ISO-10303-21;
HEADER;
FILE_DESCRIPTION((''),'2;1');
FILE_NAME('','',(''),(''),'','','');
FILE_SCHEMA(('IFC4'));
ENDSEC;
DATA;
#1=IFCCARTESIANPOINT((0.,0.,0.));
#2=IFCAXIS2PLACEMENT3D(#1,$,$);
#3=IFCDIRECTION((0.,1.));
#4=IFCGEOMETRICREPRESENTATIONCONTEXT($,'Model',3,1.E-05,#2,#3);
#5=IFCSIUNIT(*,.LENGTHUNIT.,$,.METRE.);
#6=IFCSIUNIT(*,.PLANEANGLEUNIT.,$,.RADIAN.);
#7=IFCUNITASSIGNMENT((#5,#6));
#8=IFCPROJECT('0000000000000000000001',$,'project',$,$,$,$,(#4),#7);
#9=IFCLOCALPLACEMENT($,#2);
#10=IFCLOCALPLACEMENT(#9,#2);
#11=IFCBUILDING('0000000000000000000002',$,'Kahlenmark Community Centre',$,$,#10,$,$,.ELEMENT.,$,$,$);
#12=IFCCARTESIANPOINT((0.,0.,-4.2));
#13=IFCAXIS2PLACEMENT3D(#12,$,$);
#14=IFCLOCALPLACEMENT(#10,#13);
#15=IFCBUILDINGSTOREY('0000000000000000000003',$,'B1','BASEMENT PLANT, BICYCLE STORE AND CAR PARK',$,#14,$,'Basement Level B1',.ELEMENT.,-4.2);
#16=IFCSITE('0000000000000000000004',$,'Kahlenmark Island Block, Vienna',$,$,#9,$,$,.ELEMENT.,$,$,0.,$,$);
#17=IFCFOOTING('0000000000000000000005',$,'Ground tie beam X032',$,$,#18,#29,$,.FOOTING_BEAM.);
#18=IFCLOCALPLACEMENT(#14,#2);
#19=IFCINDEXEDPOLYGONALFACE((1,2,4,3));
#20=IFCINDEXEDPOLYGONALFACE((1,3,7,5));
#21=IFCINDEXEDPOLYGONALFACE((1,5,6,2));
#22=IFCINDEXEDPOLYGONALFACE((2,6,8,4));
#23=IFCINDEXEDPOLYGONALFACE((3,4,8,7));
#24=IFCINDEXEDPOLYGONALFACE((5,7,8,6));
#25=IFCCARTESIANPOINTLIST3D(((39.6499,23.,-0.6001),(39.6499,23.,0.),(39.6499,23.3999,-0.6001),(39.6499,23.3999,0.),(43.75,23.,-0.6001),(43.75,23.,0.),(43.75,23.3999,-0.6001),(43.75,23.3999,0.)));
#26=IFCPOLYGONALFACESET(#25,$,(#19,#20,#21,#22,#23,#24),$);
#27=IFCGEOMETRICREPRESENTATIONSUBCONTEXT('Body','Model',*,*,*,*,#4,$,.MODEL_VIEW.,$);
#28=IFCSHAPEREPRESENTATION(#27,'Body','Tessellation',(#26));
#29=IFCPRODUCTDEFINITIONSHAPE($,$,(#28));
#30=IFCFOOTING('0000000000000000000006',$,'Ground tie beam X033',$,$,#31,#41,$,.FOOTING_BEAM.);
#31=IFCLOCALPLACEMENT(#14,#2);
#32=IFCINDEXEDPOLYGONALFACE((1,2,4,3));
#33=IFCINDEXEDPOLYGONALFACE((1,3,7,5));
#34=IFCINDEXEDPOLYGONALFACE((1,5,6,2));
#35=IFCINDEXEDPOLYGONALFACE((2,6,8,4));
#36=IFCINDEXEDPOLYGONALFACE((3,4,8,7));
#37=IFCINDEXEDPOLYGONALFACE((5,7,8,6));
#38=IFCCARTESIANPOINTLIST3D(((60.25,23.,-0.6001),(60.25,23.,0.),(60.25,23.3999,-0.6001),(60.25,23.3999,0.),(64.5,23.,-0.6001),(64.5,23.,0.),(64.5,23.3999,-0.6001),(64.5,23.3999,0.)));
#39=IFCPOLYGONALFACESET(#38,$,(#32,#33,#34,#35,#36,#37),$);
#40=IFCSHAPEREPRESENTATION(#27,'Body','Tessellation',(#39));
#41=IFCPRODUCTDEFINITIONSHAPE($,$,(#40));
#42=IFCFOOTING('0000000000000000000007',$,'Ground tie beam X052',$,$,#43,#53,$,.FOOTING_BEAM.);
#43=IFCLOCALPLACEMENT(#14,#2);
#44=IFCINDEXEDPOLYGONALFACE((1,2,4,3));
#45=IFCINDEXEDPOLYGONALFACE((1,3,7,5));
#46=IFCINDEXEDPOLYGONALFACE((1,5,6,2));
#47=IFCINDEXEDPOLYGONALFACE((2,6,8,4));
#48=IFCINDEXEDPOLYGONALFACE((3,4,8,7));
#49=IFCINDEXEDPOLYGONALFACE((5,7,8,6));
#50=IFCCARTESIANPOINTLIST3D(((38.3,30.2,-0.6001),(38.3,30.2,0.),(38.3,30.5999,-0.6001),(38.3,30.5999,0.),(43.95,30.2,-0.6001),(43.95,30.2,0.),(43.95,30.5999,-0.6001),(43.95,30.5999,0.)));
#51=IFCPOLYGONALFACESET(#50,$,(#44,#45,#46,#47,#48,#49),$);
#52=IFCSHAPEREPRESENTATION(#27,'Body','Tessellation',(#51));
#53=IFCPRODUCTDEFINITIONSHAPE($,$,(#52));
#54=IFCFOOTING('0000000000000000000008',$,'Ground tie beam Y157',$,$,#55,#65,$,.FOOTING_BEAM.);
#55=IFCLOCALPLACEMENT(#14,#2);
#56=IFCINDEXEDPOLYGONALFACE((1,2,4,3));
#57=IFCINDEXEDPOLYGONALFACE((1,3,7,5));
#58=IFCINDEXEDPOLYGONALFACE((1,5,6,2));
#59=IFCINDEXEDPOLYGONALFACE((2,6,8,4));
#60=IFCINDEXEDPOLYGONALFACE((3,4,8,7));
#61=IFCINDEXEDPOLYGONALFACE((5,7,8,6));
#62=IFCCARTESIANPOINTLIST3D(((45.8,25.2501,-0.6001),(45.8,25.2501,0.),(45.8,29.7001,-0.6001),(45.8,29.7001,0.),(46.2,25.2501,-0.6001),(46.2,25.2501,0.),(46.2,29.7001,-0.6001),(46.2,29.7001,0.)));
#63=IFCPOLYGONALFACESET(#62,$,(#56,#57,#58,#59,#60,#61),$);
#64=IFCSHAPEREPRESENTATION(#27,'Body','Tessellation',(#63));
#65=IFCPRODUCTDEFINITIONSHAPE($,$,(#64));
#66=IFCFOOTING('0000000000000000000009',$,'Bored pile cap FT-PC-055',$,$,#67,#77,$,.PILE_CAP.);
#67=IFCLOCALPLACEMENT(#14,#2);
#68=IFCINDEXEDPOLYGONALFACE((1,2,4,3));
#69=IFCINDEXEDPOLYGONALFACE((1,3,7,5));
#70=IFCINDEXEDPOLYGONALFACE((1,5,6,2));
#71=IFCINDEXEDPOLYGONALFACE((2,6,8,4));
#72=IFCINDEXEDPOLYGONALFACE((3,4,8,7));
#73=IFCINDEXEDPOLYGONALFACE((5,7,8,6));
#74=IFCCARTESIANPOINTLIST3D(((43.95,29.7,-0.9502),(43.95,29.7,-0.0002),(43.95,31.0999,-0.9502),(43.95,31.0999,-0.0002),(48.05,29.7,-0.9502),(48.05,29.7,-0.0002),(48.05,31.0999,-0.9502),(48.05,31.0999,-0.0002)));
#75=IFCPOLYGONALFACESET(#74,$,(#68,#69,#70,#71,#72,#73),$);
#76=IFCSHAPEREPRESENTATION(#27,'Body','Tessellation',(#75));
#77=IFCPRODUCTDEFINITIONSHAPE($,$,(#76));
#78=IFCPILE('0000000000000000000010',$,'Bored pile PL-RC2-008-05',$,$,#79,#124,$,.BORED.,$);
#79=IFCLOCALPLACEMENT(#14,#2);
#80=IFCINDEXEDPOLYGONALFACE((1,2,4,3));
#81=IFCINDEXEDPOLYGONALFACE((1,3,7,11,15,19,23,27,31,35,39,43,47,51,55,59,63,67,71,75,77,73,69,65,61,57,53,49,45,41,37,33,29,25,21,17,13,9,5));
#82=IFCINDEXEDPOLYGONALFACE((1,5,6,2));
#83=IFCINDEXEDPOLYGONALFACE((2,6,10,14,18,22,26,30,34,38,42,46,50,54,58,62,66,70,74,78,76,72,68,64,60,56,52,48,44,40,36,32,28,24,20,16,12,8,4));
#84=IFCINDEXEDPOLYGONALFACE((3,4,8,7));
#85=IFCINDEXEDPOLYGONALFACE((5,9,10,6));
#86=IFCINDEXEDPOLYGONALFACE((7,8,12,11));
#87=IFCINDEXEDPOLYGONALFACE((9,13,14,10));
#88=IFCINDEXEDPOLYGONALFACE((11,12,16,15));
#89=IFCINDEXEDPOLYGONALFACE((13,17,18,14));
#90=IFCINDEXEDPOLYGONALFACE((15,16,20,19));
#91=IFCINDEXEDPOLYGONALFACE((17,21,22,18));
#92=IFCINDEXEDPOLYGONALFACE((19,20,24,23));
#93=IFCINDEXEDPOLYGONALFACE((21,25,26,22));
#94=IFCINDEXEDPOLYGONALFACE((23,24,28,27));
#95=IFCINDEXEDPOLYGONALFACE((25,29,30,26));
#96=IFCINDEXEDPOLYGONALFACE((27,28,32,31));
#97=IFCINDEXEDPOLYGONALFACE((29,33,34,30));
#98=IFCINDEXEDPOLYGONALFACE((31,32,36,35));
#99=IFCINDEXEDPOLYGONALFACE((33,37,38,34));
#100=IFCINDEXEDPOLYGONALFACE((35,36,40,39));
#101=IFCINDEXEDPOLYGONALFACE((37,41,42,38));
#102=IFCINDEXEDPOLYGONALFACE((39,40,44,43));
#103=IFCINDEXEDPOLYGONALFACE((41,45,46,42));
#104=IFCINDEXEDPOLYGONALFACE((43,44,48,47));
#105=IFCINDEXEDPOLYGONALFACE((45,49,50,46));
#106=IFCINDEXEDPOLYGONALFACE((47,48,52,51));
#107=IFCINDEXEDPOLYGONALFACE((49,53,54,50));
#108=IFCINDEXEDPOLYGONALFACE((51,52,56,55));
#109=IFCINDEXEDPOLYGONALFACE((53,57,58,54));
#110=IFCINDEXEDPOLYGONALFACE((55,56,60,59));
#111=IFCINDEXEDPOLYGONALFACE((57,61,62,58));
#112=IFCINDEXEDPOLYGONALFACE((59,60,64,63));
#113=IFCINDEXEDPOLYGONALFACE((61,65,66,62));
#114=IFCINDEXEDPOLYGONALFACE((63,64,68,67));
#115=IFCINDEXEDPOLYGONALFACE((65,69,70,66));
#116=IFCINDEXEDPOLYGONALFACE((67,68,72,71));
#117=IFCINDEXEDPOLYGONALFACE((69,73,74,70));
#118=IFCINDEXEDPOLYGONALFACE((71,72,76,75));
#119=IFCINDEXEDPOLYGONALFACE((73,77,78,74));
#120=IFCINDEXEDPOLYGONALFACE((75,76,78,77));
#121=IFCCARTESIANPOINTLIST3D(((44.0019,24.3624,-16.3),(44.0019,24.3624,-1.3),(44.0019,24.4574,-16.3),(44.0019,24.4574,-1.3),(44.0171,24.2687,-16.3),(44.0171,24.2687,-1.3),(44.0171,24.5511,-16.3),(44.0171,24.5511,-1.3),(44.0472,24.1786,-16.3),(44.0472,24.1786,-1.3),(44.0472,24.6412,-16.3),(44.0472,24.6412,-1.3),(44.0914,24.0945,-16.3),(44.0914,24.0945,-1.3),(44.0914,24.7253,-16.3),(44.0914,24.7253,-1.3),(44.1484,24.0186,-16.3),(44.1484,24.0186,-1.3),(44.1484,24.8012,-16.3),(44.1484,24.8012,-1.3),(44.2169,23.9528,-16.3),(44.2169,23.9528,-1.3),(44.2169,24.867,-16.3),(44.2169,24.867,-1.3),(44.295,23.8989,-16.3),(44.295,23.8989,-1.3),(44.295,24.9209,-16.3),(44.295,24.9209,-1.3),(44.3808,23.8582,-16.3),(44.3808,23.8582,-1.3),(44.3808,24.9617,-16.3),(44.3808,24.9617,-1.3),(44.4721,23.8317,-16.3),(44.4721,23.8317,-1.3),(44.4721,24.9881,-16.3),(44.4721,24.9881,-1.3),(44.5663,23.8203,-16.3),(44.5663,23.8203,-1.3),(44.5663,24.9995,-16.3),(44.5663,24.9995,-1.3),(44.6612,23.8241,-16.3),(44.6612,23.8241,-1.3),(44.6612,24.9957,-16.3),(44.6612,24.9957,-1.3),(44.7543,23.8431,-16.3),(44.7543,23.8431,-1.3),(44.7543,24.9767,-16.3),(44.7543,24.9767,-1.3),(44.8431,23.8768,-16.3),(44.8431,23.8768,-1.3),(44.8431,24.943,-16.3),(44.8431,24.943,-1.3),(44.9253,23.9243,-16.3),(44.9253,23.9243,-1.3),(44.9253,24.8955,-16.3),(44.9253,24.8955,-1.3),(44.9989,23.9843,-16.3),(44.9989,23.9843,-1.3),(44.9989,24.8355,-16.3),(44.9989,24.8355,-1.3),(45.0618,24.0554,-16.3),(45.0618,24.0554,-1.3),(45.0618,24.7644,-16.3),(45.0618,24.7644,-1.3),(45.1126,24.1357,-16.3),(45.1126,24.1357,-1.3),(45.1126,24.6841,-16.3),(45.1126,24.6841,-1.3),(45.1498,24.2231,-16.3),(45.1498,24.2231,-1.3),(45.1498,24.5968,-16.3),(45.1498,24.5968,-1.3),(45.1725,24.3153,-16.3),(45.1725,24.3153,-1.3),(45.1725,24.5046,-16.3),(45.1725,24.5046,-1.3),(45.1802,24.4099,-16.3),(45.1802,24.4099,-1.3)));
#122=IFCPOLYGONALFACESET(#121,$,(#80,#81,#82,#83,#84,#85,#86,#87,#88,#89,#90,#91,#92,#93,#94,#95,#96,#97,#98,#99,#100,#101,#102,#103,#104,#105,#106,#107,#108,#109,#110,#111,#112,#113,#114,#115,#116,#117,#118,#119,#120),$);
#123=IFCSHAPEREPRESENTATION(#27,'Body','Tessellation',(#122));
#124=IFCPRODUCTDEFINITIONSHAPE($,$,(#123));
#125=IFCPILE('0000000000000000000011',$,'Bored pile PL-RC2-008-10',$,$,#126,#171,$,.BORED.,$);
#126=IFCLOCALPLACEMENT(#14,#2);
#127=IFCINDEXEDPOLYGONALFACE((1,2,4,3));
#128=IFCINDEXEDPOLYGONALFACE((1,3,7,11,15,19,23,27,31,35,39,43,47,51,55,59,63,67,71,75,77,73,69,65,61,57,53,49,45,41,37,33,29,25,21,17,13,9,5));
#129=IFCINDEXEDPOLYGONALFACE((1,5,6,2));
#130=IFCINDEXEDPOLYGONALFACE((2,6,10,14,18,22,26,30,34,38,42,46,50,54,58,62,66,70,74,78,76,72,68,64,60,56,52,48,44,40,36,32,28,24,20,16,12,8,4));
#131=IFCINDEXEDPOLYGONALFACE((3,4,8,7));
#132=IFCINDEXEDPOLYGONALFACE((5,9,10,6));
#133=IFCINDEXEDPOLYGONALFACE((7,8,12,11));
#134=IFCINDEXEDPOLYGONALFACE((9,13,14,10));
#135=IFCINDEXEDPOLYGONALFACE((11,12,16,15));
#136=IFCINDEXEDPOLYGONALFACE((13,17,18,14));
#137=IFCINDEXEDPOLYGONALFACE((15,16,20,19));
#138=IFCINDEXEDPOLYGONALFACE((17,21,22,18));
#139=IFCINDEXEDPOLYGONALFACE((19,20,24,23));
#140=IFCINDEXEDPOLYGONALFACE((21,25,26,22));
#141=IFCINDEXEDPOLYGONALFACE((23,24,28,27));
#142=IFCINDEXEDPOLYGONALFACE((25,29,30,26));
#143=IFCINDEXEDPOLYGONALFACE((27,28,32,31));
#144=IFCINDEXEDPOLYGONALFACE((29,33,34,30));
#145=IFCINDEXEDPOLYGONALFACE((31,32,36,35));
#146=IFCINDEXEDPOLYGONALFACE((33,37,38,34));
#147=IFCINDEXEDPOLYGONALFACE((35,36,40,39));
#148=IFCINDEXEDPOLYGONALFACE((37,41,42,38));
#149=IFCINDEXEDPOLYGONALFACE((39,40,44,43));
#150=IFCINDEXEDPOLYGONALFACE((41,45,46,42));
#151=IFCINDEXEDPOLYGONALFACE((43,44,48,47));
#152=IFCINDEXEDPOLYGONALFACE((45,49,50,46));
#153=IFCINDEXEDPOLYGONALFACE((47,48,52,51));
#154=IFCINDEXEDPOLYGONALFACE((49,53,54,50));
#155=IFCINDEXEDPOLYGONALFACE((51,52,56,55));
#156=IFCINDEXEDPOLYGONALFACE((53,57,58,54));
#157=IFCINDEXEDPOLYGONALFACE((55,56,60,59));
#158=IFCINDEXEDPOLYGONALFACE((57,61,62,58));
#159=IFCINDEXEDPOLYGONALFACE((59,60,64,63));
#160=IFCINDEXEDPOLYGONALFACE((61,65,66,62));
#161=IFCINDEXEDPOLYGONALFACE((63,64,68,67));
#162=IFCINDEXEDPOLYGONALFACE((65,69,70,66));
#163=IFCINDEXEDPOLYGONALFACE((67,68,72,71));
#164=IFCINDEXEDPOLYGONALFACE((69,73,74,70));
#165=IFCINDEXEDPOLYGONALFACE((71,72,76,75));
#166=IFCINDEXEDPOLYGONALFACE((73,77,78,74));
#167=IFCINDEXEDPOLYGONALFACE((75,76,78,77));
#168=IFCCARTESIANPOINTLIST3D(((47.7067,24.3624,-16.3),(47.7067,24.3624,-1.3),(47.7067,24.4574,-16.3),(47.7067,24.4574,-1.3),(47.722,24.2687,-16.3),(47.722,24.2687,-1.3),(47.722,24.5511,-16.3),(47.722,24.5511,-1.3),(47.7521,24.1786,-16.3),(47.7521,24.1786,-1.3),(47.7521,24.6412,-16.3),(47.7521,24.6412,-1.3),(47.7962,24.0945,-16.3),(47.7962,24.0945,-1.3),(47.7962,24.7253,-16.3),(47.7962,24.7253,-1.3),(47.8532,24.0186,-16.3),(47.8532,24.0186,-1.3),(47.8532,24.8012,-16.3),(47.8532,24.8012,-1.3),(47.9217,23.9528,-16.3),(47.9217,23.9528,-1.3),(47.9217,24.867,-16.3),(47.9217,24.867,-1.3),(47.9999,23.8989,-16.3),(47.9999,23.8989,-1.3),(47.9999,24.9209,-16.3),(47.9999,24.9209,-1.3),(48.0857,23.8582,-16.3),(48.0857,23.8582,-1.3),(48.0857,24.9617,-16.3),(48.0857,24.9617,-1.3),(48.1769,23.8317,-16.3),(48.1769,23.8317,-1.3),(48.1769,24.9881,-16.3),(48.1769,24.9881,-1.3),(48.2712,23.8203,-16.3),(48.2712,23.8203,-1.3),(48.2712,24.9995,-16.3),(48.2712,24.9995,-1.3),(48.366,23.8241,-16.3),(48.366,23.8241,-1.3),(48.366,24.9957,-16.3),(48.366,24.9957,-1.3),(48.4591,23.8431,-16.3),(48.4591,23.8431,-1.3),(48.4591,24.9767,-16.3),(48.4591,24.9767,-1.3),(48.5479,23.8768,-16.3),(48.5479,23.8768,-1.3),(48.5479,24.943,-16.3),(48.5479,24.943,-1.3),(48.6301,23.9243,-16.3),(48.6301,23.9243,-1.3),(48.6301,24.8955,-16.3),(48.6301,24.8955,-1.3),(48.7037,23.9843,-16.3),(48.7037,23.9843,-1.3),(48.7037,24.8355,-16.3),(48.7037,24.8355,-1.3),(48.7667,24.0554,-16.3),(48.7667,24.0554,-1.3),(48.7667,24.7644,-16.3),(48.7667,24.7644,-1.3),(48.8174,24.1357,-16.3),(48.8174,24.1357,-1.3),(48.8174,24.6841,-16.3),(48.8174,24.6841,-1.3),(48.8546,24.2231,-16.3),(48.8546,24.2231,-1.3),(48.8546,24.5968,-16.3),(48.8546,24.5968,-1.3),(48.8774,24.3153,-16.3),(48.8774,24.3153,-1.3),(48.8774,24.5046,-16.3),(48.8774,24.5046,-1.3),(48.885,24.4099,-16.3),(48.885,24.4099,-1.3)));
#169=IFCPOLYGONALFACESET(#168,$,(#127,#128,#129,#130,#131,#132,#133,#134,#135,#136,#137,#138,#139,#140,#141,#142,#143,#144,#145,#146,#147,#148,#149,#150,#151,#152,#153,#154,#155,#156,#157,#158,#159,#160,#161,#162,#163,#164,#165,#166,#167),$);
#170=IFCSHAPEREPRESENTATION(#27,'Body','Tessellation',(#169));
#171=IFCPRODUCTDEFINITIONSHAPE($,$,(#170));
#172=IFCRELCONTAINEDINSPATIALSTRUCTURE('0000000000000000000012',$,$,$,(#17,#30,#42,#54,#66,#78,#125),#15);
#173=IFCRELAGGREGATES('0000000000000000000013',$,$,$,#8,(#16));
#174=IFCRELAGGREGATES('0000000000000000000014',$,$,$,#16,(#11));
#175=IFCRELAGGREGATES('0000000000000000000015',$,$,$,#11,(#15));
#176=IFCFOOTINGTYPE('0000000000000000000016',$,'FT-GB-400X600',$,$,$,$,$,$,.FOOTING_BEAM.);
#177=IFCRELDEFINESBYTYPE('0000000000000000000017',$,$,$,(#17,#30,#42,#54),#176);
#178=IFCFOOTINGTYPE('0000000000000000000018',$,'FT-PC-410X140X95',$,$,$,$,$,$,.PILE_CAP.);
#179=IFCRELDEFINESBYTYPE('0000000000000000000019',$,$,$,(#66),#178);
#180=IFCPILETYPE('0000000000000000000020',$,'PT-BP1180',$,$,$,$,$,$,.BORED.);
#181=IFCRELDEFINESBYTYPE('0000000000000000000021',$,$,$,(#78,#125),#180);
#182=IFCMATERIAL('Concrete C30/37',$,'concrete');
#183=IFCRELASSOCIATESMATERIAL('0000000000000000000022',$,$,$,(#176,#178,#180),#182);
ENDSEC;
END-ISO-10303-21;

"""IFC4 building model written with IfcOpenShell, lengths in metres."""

from ifc_helpers import new_model, si_unit, direction, frame, origin, origin_2d, place, context, subcontext, project, spatial, rectangle, circle, extrude, material, material_profile, profile_set, type_object, element, save


model = new_model("IFC4")

# Units and contexts
model_context = context("Model", 3, precision=1e-05, world=origin(), true_north=direction((0.0, 1.0)))
body_context = subcontext(model_context, "Body", "Model", "MODEL_VIEW")
ifc_project = project(units=[si_unit("LENGTHUNIT", "METRE"), si_unit("PLANEANGLEUNIT", "RADIAN")], contexts=[model_context])

# Site, building, storey
site_placement = place(None, origin())
site = spatial("IfcSite", under=ifc_project, at=site_placement, Name="Kahlenmark Island Block, Vienna", CompositionType="ELEMENT", RefElevation=0.0)
building_placement = place(site_placement, origin())
building = spatial("IfcBuilding", under=site, at=building_placement, Name="Kahlenmark Community Centre", CompositionType="ELEMENT")
storey_placement = place(building_placement, frame((0.0, 0.0, -4.2)))
storey = spatial("IfcBuildingStorey", under=building, at=storey_placement, Name="B1", Description="BASEMENT PLANT, BICYCLE STORE AND CAR PARK", LongName="Basement Level B1", CompositionType="ELEMENT", Elevation=-4.2)

# Footings
ifc_material_1 = material(Name="Concrete C30/37", Category="concrete")
footing_type_1 = type_object("IfcFootingType", Name="FT-GB-400X600", PredefinedType="FOOTING_BEAM", material=ifc_material_1)
footing_1_placement = place(storey_placement, frame((41.7, 23.2, -0.6001), z_axis=(0.0, 0.0, 1.0), x_axis=(1.0, 0.0, 0.0)))
element("IfcFooting", 1, at=footing_1_placement, inside=storey, type_object=footing_type_1, Name="Ground tie beam X032", PredefinedType="FOOTING_BEAM", context=body_context, shape_type="SweptSolid", body=[
    extrude(rectangle(XDim=4.1001, YDim=0.3999, at=origin_2d()), origin(), (0.0, 0.0, 1.0), 0.6001),
])
footing_2_placement = place(storey_placement, frame((62.375, 23.2, -0.6001), z_axis=(0.0, 0.0, 1.0), x_axis=(1.0, 0.0, 0.0)))
element("IfcFooting", 2, at=footing_2_placement, inside=storey, type_object=footing_type_1, Name="Ground tie beam X033", PredefinedType="FOOTING_BEAM", context=body_context, shape_type="SweptSolid", body=[
    extrude(rectangle(XDim=4.25, YDim=0.3999, at=origin_2d()), origin(), (0.0, 0.0, 1.0), 0.6001),
])
footing_3_placement = place(storey_placement, frame((41.125, 30.3999, -0.6001), z_axis=(0.0, 0.0, 1.0), x_axis=(1.0, 0.0, 0.0)))
element("IfcFooting", 3, at=footing_3_placement, inside=storey, type_object=footing_type_1, Name="Ground tie beam X052", PredefinedType="FOOTING_BEAM", context=body_context, shape_type="SweptSolid", body=[
    extrude(rectangle(XDim=5.6499, YDim=0.3999, at=origin_2d()), origin(), (0.0, 0.0, 1.0), 0.6001),
])
footing_4_placement = place(storey_placement, frame((46.0, 27.4751, -0.6001), z_axis=(0.0, 0.0, 1.0), x_axis=(1.0, 0.0, 0.0)))
element("IfcFooting", 4, at=footing_4_placement, inside=storey, type_object=footing_type_1, Name="Ground tie beam Y157", PredefinedType="FOOTING_BEAM", context=body_context, shape_type="SweptSolid", body=[
    extrude(rectangle(XDim=0.3999, YDim=4.45, at=origin_2d()), origin(), (0.0, 0.0, 1.0), 0.6001),
])
footing_type_2 = type_object("IfcFootingType", Name="FT-PC-410X140X95", PredefinedType="PILE_CAP", material=ifc_material_1)
footing_5_placement = place(storey_placement, frame((46.0, 30.3999, -0.9502), z_axis=(0.0, 0.0, 1.0), x_axis=(1.0, 0.0, 0.0)))
element("IfcFooting", 5, at=footing_5_placement, inside=storey, type_object=footing_type_2, Name="Bored pile cap FT-PC-055", PredefinedType="PILE_CAP", context=body_context, shape_type="SweptSolid", body=[
    extrude(rectangle(XDim=4.1001, YDim=1.3999, at=origin_2d()), origin(), (0.0, 0.0, 1.0), 0.95),
])

# Piles
ifc_material_profile_1 = material_profile(ifc_material_1, circle(Radius=0.5901, at=origin_2d()), Name="BORED PILE 1180")
ifc_profile_set_1 = profile_set([ifc_material_profile_1], Name="Concrete C30/37")
pile_type_1 = type_object("IfcPileType", Name="PT-BP1180", PredefinedType="BORED", material=ifc_profile_set_1)
for number, where, z_axis, x_axis, name in (
    (6, (44.5901, 24.4099, -1.3), (0.0, 0.0, -1.0), (1.0, 0.0, 0.0), "Bored pile PL-RC2-008-05"),
    (7, (48.2949, 24.4099, -1.3), (0.0, 0.0, -1.0), (1.0, 0.0, 0.0), "Bored pile PL-RC2-008-10"),
):
    element("IfcPile", number, at=place(storey_placement, frame(where, z_axis=z_axis, x_axis=x_axis)), inside=storey, type_object=pile_type_1, Name=name, PredefinedType="BORED", context=body_context, shape_type="SweptSolid", body=[
        extrude(circle(Radius=0.5901, at=origin_2d()), origin(), (0.0, 0.0, 1.0), 15.0),
    ])

save(model, "model.ifc")
